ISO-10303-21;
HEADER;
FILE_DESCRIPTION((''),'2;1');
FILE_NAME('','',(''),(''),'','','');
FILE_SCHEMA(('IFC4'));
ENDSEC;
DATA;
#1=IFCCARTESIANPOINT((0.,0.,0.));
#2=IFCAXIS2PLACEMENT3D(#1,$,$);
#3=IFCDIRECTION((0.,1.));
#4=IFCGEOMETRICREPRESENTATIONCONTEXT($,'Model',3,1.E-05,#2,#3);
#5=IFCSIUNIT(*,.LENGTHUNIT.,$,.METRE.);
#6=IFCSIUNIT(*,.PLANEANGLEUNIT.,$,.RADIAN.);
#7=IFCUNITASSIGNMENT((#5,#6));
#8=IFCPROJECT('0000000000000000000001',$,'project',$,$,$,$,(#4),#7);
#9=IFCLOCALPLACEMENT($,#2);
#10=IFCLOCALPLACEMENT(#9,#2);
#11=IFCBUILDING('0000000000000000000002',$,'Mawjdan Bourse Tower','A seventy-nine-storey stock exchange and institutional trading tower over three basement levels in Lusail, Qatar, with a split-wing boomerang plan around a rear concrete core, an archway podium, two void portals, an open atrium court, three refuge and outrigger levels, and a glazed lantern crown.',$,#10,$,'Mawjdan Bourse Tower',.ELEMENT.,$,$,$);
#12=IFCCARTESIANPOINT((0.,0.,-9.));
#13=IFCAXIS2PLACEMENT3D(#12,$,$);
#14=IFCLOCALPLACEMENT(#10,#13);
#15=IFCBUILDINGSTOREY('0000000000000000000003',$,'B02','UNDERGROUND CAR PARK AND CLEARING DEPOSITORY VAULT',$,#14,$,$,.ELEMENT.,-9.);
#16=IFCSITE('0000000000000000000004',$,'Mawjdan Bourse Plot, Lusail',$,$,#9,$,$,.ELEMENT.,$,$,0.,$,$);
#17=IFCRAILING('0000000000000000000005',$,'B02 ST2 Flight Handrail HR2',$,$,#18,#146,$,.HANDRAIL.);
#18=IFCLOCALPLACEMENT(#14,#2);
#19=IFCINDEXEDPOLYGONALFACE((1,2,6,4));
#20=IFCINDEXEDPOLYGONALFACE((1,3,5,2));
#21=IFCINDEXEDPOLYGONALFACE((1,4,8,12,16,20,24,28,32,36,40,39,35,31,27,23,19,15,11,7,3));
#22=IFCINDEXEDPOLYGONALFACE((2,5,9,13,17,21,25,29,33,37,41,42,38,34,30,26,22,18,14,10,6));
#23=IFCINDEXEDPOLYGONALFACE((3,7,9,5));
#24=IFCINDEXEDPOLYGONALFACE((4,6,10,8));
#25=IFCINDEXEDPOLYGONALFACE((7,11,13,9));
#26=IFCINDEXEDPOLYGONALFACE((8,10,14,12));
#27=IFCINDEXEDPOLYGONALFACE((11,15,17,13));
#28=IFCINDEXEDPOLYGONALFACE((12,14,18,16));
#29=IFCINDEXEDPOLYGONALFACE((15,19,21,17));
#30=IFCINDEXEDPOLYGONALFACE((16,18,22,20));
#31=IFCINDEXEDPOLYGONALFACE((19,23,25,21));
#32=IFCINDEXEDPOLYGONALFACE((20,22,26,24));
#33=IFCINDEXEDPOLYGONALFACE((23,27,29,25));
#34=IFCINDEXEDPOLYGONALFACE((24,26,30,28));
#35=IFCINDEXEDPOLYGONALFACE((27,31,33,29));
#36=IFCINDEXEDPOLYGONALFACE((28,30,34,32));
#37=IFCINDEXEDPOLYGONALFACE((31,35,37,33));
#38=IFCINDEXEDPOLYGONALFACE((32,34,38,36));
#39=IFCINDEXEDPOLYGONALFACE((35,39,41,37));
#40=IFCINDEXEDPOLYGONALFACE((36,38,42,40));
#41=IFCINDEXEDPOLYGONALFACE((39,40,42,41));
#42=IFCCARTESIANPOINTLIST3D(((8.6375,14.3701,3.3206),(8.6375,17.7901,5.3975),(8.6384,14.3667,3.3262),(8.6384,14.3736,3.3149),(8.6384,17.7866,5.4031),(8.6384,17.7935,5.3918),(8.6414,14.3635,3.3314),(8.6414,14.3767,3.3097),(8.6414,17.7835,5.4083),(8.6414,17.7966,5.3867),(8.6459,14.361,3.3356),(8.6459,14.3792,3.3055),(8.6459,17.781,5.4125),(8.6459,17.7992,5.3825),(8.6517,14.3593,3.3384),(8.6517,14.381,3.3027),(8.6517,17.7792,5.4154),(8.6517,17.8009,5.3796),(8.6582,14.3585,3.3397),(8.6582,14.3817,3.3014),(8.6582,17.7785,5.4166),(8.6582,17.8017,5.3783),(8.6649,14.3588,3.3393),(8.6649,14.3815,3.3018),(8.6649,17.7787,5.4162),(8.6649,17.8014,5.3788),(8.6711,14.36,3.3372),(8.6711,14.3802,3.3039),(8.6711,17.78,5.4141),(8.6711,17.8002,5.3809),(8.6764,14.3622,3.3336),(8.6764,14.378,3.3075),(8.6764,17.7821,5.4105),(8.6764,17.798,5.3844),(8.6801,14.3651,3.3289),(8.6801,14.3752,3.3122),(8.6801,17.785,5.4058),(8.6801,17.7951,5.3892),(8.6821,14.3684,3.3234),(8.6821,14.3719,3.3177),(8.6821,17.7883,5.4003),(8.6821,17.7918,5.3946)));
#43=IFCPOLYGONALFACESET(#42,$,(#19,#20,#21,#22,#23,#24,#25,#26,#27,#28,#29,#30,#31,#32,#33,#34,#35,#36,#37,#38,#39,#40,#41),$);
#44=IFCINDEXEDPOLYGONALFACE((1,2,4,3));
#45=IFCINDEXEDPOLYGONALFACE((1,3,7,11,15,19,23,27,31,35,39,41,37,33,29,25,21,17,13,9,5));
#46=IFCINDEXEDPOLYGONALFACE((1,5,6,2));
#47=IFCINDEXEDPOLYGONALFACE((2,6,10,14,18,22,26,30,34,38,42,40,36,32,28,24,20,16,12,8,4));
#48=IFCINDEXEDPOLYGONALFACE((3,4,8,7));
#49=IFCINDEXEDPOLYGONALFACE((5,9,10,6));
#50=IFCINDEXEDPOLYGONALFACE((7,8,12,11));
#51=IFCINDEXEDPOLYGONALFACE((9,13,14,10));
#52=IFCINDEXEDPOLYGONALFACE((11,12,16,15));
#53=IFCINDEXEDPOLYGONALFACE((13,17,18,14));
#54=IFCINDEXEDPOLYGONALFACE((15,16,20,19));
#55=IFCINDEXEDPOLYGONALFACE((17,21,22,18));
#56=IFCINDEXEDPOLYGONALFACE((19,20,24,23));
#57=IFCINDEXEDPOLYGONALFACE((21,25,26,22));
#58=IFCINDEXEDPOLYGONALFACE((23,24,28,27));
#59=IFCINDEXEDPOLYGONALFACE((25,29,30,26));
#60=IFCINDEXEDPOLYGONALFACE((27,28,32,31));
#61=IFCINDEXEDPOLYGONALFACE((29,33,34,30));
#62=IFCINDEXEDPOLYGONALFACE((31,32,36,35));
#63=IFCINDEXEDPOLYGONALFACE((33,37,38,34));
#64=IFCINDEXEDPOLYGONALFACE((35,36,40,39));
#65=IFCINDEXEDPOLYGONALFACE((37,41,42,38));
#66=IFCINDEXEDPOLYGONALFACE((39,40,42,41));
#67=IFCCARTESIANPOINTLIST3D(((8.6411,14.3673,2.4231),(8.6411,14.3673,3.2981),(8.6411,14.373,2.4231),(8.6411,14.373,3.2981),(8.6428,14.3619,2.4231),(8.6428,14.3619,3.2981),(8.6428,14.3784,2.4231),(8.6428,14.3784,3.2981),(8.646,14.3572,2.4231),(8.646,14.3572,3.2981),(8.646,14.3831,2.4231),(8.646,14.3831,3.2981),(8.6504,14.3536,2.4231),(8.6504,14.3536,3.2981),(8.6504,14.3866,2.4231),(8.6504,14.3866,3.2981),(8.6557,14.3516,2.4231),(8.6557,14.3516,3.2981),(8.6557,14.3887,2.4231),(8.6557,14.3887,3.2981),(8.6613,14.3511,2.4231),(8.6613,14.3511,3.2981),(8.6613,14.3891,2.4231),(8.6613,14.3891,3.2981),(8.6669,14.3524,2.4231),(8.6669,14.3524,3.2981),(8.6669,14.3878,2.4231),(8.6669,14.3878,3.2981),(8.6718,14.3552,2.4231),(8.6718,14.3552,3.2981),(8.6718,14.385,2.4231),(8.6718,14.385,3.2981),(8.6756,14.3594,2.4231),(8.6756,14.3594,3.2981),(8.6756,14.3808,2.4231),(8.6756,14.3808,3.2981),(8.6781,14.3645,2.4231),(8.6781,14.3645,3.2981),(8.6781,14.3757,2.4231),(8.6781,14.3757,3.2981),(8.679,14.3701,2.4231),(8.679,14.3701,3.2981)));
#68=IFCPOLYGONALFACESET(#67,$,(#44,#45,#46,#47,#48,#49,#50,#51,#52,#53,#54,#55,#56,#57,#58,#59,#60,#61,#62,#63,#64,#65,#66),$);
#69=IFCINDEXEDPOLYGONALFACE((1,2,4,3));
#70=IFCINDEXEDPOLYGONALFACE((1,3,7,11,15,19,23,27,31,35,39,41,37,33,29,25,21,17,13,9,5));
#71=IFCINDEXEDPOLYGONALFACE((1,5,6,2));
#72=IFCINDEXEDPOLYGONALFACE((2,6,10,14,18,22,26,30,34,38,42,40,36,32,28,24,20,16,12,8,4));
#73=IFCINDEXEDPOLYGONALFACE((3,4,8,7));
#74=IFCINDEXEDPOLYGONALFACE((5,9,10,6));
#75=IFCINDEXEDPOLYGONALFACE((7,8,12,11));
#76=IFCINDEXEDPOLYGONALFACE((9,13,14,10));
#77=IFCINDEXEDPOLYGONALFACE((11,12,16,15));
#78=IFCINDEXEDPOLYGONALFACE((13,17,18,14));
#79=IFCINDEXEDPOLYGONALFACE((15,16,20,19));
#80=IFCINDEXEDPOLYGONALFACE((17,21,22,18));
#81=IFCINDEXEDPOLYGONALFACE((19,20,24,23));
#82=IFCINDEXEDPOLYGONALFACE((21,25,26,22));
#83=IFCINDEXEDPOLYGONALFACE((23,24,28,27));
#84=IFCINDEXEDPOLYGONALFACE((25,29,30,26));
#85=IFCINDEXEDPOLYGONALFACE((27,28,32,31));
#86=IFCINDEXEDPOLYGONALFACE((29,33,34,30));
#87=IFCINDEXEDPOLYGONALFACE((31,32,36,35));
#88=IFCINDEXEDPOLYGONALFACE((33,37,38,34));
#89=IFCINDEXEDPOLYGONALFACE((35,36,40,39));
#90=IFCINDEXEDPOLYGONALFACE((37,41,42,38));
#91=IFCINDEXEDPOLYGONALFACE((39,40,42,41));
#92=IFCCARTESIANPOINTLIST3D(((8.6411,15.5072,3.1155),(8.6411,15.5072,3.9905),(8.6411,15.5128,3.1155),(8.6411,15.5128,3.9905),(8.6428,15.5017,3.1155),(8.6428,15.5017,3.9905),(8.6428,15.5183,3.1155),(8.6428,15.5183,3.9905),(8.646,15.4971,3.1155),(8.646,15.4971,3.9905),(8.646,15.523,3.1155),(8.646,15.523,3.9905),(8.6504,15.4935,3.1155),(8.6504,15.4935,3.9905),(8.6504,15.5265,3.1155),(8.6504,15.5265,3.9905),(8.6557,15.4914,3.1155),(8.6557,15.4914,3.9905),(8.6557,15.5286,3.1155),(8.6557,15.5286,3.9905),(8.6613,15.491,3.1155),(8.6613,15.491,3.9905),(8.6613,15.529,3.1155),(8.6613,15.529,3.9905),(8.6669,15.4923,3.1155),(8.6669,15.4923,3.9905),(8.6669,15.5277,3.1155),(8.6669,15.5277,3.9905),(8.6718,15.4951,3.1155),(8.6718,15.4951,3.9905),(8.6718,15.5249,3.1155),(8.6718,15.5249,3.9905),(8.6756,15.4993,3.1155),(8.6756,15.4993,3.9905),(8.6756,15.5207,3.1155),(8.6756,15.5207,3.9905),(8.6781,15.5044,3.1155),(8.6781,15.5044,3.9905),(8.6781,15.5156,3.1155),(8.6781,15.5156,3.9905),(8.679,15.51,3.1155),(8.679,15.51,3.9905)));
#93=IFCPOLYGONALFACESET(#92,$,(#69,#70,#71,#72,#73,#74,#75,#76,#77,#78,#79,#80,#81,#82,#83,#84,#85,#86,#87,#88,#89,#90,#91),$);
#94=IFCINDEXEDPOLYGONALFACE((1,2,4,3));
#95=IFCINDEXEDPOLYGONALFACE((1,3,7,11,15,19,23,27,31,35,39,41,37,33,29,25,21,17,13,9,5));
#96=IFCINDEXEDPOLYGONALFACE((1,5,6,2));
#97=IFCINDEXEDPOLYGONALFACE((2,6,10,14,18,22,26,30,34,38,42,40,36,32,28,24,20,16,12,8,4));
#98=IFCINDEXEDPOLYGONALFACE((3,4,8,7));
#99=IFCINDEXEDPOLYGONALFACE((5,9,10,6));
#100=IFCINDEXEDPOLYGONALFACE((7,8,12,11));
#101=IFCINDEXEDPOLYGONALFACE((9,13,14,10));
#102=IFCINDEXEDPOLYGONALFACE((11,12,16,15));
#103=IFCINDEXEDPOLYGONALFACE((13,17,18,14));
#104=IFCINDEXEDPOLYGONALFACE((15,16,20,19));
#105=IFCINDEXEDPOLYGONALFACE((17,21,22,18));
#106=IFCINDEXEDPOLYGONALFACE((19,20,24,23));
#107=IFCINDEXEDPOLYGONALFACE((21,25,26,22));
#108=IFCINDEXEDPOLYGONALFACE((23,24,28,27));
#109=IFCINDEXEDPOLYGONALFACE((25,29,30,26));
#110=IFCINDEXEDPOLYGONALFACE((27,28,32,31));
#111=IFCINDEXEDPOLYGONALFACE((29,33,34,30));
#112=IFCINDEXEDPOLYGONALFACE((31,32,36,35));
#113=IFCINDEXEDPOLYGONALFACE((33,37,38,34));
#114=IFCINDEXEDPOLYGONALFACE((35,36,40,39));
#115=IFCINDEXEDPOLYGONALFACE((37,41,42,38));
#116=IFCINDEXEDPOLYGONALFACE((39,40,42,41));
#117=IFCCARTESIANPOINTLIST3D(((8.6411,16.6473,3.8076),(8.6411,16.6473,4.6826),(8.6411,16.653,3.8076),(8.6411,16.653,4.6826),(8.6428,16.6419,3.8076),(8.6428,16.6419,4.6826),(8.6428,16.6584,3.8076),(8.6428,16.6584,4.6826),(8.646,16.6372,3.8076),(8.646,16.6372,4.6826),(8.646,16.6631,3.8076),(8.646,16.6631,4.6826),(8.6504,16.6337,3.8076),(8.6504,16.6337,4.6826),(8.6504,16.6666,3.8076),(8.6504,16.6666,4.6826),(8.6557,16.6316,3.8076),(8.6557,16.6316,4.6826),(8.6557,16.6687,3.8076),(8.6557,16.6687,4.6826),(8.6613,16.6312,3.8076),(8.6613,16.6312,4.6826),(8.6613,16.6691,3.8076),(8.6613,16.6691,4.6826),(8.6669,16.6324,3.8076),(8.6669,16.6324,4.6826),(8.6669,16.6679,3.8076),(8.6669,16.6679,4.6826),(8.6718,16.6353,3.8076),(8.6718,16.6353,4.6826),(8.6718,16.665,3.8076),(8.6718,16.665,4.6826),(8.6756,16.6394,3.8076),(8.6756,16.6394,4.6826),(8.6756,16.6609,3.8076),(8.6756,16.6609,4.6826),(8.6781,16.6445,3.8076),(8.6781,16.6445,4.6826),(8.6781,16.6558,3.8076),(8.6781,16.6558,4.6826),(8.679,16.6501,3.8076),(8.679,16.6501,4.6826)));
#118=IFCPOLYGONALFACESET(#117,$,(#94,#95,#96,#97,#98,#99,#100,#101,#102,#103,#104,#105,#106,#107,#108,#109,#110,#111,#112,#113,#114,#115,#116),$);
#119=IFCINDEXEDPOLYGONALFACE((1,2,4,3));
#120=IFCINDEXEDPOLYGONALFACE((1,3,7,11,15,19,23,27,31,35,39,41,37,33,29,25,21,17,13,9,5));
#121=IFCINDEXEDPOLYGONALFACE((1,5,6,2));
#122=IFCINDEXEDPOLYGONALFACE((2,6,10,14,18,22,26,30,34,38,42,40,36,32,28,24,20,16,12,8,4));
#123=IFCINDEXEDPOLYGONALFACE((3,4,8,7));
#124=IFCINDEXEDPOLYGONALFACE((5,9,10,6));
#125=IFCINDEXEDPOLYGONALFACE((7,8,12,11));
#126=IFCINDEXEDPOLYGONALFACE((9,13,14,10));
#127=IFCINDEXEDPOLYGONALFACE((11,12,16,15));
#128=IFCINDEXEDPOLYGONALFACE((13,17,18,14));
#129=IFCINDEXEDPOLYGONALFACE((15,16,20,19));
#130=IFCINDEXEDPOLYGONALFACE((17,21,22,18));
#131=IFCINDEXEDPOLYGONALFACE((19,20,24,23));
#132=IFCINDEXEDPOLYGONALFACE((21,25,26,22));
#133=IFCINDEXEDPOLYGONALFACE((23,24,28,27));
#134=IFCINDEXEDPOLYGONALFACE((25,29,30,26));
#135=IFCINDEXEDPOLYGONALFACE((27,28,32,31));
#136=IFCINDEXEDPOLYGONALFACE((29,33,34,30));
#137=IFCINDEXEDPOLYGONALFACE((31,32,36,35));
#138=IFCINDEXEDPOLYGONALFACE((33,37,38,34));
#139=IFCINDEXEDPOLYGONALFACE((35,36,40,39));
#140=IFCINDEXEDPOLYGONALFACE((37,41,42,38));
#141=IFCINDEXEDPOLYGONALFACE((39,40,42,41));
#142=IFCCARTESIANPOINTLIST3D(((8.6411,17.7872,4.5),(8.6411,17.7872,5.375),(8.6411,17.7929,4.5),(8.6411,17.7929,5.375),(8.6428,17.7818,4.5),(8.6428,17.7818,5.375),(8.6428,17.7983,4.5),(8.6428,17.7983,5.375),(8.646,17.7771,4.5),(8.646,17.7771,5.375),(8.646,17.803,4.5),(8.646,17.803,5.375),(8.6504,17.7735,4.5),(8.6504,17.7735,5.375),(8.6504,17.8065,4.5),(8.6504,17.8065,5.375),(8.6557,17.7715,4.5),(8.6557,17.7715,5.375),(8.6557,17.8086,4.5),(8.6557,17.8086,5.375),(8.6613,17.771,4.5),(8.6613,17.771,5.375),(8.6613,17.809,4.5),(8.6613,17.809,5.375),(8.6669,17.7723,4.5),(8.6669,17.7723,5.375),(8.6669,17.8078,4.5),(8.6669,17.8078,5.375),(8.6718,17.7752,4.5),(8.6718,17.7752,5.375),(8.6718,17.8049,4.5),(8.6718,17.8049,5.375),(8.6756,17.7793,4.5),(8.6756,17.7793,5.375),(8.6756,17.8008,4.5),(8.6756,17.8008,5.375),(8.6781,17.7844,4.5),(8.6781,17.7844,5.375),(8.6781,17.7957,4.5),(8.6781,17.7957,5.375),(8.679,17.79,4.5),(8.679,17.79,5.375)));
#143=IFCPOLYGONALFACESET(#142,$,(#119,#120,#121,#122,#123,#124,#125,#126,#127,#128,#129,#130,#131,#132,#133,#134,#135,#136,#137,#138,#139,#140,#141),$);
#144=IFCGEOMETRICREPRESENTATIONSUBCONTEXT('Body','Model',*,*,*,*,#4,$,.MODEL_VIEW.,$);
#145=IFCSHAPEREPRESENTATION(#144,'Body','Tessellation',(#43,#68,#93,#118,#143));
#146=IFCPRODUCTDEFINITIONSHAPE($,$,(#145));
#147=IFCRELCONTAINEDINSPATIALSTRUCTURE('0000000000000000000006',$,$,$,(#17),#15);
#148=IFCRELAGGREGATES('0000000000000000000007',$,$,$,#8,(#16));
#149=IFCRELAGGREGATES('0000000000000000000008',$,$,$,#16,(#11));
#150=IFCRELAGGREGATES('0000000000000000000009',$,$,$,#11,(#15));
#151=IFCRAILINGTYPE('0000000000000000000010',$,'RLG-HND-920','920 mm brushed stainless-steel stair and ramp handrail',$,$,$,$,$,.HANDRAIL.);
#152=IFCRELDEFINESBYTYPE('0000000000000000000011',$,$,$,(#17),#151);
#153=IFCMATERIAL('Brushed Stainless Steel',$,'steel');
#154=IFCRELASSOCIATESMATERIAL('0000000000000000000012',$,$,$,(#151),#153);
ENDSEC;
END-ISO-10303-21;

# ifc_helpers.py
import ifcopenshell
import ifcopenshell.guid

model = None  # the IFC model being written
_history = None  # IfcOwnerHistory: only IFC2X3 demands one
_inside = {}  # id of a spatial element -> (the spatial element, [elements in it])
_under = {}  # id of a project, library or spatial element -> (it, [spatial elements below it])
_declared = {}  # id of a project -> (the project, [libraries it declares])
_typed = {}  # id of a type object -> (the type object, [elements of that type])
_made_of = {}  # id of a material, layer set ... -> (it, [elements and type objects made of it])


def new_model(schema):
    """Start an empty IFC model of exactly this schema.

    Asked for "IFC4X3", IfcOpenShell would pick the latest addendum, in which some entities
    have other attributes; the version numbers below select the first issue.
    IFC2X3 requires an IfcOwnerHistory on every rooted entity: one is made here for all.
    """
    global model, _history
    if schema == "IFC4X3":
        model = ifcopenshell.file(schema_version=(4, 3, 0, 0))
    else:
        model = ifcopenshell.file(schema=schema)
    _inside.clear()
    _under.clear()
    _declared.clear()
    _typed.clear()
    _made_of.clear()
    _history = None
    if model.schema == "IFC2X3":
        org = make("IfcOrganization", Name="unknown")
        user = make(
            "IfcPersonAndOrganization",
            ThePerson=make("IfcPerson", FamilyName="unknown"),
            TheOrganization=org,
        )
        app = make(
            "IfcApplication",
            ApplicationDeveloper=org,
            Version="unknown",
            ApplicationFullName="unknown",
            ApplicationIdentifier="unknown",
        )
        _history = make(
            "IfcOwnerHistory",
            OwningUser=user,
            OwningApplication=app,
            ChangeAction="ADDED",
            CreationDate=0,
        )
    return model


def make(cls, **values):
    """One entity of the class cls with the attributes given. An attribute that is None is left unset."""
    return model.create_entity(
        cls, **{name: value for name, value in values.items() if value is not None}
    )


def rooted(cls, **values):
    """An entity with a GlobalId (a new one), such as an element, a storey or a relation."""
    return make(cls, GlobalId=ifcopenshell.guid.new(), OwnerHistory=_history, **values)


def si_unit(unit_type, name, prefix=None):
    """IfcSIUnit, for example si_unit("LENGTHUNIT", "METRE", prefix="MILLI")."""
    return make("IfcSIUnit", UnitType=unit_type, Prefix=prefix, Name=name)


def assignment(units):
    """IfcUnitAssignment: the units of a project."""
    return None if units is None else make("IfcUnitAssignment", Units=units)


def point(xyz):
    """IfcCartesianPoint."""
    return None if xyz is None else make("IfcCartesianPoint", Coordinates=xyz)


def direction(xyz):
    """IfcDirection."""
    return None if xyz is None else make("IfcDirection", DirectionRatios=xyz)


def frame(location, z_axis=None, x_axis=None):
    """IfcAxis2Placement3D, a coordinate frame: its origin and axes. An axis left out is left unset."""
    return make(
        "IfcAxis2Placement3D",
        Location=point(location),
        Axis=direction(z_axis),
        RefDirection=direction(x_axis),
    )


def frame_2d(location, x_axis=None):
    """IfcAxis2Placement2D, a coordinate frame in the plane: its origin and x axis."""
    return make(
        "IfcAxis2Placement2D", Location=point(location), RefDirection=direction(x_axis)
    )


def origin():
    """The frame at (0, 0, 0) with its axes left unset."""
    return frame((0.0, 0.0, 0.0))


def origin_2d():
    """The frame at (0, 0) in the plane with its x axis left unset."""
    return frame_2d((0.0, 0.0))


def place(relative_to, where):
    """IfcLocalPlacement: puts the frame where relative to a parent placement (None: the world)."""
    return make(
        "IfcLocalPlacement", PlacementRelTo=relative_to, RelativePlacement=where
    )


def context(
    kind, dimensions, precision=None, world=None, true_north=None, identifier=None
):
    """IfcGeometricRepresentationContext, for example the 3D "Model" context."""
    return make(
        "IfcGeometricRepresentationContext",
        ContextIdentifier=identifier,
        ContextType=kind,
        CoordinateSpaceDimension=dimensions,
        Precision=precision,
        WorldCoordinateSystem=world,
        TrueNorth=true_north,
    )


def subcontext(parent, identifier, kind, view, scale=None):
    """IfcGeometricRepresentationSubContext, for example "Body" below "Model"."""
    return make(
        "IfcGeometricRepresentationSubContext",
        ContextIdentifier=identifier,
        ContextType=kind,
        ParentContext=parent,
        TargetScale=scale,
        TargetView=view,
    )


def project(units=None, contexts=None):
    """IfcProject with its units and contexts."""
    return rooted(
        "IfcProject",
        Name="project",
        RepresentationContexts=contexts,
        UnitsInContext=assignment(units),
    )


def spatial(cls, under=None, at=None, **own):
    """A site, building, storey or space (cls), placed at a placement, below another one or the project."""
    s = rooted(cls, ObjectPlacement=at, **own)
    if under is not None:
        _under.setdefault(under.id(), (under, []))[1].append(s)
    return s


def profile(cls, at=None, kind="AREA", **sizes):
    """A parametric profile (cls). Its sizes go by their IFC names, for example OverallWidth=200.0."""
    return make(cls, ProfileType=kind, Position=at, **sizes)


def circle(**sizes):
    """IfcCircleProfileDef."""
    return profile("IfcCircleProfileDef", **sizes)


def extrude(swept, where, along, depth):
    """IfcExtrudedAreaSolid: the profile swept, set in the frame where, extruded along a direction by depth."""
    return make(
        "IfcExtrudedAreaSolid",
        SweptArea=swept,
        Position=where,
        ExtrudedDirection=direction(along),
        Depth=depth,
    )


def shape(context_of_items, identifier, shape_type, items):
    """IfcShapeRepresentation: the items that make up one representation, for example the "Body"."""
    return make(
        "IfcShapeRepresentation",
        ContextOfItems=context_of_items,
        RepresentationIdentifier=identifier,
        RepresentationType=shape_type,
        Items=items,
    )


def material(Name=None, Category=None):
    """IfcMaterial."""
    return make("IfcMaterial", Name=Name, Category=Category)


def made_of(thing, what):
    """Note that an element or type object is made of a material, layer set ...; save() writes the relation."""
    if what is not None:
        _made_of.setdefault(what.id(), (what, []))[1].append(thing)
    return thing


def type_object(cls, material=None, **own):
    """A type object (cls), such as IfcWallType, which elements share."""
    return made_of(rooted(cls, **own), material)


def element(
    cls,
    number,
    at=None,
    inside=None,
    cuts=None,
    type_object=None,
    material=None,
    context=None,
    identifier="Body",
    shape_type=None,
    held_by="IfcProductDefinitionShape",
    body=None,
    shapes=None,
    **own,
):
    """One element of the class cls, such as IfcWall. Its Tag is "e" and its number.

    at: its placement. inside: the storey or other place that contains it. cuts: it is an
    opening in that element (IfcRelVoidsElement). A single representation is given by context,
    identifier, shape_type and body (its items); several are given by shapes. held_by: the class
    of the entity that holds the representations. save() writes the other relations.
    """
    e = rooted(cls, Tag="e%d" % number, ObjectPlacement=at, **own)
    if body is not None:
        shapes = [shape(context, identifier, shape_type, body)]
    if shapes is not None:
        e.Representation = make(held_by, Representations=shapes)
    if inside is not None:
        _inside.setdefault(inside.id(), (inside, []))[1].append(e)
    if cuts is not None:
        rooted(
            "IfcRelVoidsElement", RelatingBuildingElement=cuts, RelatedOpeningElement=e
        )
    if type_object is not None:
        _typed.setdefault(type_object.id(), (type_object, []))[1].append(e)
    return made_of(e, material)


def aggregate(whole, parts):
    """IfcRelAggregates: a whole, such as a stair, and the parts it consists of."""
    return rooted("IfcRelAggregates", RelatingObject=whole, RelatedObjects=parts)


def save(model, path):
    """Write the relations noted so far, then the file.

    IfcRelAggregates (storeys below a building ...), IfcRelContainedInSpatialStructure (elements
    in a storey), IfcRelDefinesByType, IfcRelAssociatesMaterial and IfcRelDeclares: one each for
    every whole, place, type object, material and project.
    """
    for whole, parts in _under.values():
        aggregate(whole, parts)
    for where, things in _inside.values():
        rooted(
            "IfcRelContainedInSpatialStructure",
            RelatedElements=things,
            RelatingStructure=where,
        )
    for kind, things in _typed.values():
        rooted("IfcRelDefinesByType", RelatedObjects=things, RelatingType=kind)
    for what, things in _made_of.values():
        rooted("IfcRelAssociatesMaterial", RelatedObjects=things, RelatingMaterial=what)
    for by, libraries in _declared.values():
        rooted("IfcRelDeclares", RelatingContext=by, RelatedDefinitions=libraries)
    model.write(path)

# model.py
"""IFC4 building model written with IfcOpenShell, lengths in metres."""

from ifc_helpers import new_model, si_unit, direction, frame, origin, origin_2d, place, context, subcontext, project, spatial, circle, extrude, material, type_object, element, save


model = new_model("IFC4")

# Units and contexts
model_context = context("Model", 3, precision=1e-05, world=origin(), true_north=direction((0.0, 1.0)))
body_context = subcontext(model_context, "Body", "Model", "MODEL_VIEW")
ifc_project = project(units=[si_unit("LENGTHUNIT", "METRE"), si_unit("PLANEANGLEUNIT", "RADIAN")], contexts=[model_context])

# Site, building, storey
site_placement = place(None, origin())
site = spatial("IfcSite", under=ifc_project, at=site_placement, Name="Mawjdan Bourse Plot, Lusail", CompositionType="ELEMENT", RefElevation=0.0)
building_placement = place(site_placement, origin())
building = spatial("IfcBuilding", under=site, at=building_placement, Name="Mawjdan Bourse Tower", Description="A seventy-nine-storey stock exchange and institutional trading tower over three basement levels in Lusail, Qatar, with a split-wing boomerang plan around a rear concrete core, an archway podium, two void portals, an open atrium court, three refuge and outrigger levels, and a glazed lantern crown.", LongName="Mawjdan Bourse Tower", CompositionType="ELEMENT")
storey_placement = place(building_placement, frame((0.0, 0.0, -9.0)))
storey = spatial("IfcBuildingStorey", under=building, at=storey_placement, Name="B02", Description="UNDERGROUND CAR PARK AND CLEARING DEPOSITORY VAULT", CompositionType="ELEMENT", Elevation=-9.0)

# Shared definitions
ifc_material_1 = material(Name="Brushed Stainless Steel", Category="steel")

# Railing
railing_type = type_object("IfcRailingType", Name="RLG-HND-920", Description="920 mm brushed stainless-steel stair and ramp handrail", PredefinedType="HANDRAIL", material=ifc_material_1)
railing_1_placement = place(storey_placement, frame((8.6599, 14.3701, 2.4231)))
element("IfcRailing", 1, at=railing_1_placement, inside=storey, type_object=railing_type, Name="B02 ST2 Flight Handrail HR2", PredefinedType="HANDRAIL", context=body_context, shape_type="SweptSolid", body=[
    extrude(circle(Radius=0.0225, at=origin_2d()), frame((0.0, 0.0, 0.8975), z_axis=(0.0, 0.85473, 0.519074), x_axis=(-1.0, 0.0, 0.0)), (0.0, 0.0, 1.0), 4.0012),
    extrude(circle(Radius=0.019, at=origin_2d()), origin(), (0.0, 0.0, 1.0), 0.875),
    extrude(circle(Radius=0.019, at=origin_2d()), frame((0.0, 1.1399, 0.6924)), (0.0, 0.0, 1.0), 0.875),
    extrude(circle(Radius=0.019, at=origin_2d()), frame((0.0, 2.28, 1.3845)), (0.0, 0.0, 1.0), 0.875),
    extrude(circle(Radius=0.019, at=origin_2d()), frame((0.0, 3.4199, 2.0769)), (0.0, 0.0, 1.0), 0.875),
])

save(model, "model.ifc")
